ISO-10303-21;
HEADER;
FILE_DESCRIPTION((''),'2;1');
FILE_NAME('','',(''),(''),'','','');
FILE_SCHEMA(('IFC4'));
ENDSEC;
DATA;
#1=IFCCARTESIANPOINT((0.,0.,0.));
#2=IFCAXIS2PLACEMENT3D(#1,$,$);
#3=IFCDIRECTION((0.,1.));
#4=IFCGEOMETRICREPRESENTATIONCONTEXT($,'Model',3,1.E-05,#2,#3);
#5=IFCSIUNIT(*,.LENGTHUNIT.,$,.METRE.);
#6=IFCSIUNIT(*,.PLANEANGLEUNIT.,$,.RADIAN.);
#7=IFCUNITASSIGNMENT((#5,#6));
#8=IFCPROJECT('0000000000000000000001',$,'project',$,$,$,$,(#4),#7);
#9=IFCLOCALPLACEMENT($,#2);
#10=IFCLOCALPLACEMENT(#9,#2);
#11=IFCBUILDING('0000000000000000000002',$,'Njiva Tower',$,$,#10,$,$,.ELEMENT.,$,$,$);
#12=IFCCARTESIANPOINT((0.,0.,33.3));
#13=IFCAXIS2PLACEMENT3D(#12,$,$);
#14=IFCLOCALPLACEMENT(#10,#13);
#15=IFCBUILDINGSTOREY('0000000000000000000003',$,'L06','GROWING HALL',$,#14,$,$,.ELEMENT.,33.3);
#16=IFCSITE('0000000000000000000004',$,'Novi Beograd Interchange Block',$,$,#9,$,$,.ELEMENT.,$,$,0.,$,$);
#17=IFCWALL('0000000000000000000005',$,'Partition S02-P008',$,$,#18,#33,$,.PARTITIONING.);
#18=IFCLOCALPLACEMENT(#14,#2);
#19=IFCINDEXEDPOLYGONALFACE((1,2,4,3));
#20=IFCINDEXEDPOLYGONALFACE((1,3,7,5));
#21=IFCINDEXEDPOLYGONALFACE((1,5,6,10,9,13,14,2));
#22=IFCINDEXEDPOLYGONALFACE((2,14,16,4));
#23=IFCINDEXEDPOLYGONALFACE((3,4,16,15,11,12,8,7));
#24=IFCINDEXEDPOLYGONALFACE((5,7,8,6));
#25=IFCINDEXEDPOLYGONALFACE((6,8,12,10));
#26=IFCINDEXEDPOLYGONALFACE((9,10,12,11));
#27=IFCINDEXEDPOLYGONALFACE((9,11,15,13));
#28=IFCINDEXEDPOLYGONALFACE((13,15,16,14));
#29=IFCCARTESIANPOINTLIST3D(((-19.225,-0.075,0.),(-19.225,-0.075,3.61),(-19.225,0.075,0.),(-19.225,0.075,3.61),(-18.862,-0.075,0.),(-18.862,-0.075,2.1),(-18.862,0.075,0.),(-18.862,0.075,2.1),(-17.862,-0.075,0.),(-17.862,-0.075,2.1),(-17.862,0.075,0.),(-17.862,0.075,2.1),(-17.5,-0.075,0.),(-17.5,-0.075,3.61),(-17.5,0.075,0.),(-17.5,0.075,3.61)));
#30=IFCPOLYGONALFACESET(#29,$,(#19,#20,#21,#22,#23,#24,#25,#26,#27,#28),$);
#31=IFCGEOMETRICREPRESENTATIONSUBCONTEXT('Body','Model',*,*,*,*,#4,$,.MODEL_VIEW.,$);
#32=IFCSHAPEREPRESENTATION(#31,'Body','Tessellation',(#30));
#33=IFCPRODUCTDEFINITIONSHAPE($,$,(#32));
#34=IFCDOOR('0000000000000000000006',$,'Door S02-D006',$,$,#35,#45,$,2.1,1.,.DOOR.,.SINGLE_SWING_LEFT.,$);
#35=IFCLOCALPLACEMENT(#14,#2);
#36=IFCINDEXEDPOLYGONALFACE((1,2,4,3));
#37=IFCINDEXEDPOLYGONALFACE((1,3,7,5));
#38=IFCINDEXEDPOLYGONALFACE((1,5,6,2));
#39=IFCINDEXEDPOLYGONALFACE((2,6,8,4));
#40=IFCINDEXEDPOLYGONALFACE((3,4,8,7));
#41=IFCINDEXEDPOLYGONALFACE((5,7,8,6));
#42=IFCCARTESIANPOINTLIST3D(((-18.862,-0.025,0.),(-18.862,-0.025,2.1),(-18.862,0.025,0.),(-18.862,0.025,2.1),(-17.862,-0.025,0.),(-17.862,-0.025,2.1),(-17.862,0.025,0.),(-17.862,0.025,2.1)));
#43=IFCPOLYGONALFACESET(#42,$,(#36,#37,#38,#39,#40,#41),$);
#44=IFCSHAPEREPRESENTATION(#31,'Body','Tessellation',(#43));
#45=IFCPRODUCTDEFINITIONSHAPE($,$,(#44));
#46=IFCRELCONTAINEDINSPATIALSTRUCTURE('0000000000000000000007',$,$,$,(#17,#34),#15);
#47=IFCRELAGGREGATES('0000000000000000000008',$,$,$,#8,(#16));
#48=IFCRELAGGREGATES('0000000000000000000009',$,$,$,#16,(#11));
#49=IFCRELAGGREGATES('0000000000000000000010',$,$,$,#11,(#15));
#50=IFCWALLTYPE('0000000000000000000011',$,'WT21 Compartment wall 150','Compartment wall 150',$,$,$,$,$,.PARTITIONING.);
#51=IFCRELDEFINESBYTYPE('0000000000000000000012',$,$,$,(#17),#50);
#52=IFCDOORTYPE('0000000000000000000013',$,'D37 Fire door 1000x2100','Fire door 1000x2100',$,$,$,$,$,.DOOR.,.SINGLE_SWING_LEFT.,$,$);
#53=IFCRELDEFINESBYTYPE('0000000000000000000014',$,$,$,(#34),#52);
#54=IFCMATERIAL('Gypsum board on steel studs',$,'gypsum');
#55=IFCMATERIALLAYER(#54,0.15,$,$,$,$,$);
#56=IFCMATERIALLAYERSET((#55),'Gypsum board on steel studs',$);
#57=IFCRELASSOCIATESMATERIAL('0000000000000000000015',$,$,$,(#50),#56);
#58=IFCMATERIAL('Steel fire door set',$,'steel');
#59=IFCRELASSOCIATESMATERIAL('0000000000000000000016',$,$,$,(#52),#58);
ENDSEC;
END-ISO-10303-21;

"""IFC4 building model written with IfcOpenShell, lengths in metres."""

from ifc_helpers import new_model, si_unit, direction, frame, frame_2d, origin, place, context, subcontext, project, spatial, rectangle, extrude, material, layer, layer_set, type_object, element, fill, save


model = new_model("IFC4")

# Units and contexts
model_context = context("Model", 3, precision=1e-05, world=origin(), true_north=direction((0.0, 1.0)))
body_context = subcontext(model_context, "Body", "Model", "MODEL_VIEW")
ifc_project = project(units=[si_unit("LENGTHUNIT", "METRE"), si_unit("PLANEANGLEUNIT", "RADIAN")], contexts=[model_context])

# Site, building, storey
site_placement = place(None, origin())
site = spatial("IfcSite", under=ifc_project, at=site_placement, Name="Novi Beograd Interchange Block", CompositionType="ELEMENT", RefElevation=0.0)
building_placement = place(site_placement, origin())
building = spatial("IfcBuilding", under=site, at=building_placement, Name="Njiva Tower", CompositionType="ELEMENT")
storey_placement = place(building_placement, frame((0.0, 0.0, 33.3)))
storey = spatial("IfcBuildingStorey", under=building, at=storey_placement, Name="L06", Description="GROWING HALL", CompositionType="ELEMENT", Elevation=33.3)

# Shared definitions
ifc_material_1 = material(Name="Gypsum board on steel studs", Category="gypsum")

# Wall, opening, door
ifc_layer_1 = layer(ifc_material_1, 0.15)
ifc_layer_set_1 = layer_set([ifc_layer_1], Name="Gypsum board on steel studs")
wall_type_1 = type_object("IfcWallType", Name="WT21 Compartment wall 150", Description="Compartment wall 150", PredefinedType="PARTITIONING", material=ifc_layer_set_1)
wall_1_placement = place(storey_placement, frame((-19.225, 0.0, 0.0), z_axis=(0.0, 0.0, 1.0), x_axis=(1.0, 0.0, 0.0)))
wall_1 = element("IfcWall", 1, at=wall_1_placement, inside=storey, type_object=wall_type_1, Name="Partition S02-P008", PredefinedType="PARTITIONING", context=body_context, shape_type="SweptSolid", body=[
    extrude(rectangle(XDim=1.725, YDim=0.15, at=frame_2d((0.8625, 0.0))), origin(), (0.0, 0.0, 1.0), 3.61),
])
opening_1_placement = place(wall_1_placement, frame((0.363, 0.0, 0.0)))
opening_1 = element("IfcOpeningElement", 2, at=opening_1_placement, cuts=wall_1, PredefinedType="OPENING", context=body_context, shape_type="SweptSolid", body=[
    extrude(rectangle(XDim=1.0, YDim=2.1, at=frame_2d((0.5, 1.05))), frame((0.0, 0.085, 0.0), z_axis=(0.0, -1.0, 0.0), x_axis=(1.0, 0.0, 0.0)), (0.0, 0.0, 1.0), 0.17),
])
ifc_material_2 = material(Name="Steel fire door set", Category="steel")
door_type_1 = type_object("IfcDoorType", Name="D37 Fire door 1000x2100", Description="Fire door 1000x2100", OperationType="SINGLE_SWING_LEFT", PredefinedType="DOOR", material=ifc_material_2)
door_1_placement = place(opening_1_placement, origin())
door_1 = element("IfcDoor", 3, at=door_1_placement, inside=storey, type_object=door_type_1, Name="Door S02-D006", OperationType="SINGLE_SWING_LEFT", OverallHeight=2.1, OverallWidth=1.0, PredefinedType="DOOR", context=body_context, shape_type="SweptSolid", body=[
    extrude(rectangle(XDim=1.0, YDim=2.1, at=frame_2d((0.5, 1.05))), frame((0.0, 0.025, 0.0), z_axis=(0.0, -1.0, 0.0), x_axis=(1.0, 0.0, 0.0)), (0.0, 0.0, 1.0), 0.05),
])
fill(opening_1, door_1)

save(model, "model.ifc")
